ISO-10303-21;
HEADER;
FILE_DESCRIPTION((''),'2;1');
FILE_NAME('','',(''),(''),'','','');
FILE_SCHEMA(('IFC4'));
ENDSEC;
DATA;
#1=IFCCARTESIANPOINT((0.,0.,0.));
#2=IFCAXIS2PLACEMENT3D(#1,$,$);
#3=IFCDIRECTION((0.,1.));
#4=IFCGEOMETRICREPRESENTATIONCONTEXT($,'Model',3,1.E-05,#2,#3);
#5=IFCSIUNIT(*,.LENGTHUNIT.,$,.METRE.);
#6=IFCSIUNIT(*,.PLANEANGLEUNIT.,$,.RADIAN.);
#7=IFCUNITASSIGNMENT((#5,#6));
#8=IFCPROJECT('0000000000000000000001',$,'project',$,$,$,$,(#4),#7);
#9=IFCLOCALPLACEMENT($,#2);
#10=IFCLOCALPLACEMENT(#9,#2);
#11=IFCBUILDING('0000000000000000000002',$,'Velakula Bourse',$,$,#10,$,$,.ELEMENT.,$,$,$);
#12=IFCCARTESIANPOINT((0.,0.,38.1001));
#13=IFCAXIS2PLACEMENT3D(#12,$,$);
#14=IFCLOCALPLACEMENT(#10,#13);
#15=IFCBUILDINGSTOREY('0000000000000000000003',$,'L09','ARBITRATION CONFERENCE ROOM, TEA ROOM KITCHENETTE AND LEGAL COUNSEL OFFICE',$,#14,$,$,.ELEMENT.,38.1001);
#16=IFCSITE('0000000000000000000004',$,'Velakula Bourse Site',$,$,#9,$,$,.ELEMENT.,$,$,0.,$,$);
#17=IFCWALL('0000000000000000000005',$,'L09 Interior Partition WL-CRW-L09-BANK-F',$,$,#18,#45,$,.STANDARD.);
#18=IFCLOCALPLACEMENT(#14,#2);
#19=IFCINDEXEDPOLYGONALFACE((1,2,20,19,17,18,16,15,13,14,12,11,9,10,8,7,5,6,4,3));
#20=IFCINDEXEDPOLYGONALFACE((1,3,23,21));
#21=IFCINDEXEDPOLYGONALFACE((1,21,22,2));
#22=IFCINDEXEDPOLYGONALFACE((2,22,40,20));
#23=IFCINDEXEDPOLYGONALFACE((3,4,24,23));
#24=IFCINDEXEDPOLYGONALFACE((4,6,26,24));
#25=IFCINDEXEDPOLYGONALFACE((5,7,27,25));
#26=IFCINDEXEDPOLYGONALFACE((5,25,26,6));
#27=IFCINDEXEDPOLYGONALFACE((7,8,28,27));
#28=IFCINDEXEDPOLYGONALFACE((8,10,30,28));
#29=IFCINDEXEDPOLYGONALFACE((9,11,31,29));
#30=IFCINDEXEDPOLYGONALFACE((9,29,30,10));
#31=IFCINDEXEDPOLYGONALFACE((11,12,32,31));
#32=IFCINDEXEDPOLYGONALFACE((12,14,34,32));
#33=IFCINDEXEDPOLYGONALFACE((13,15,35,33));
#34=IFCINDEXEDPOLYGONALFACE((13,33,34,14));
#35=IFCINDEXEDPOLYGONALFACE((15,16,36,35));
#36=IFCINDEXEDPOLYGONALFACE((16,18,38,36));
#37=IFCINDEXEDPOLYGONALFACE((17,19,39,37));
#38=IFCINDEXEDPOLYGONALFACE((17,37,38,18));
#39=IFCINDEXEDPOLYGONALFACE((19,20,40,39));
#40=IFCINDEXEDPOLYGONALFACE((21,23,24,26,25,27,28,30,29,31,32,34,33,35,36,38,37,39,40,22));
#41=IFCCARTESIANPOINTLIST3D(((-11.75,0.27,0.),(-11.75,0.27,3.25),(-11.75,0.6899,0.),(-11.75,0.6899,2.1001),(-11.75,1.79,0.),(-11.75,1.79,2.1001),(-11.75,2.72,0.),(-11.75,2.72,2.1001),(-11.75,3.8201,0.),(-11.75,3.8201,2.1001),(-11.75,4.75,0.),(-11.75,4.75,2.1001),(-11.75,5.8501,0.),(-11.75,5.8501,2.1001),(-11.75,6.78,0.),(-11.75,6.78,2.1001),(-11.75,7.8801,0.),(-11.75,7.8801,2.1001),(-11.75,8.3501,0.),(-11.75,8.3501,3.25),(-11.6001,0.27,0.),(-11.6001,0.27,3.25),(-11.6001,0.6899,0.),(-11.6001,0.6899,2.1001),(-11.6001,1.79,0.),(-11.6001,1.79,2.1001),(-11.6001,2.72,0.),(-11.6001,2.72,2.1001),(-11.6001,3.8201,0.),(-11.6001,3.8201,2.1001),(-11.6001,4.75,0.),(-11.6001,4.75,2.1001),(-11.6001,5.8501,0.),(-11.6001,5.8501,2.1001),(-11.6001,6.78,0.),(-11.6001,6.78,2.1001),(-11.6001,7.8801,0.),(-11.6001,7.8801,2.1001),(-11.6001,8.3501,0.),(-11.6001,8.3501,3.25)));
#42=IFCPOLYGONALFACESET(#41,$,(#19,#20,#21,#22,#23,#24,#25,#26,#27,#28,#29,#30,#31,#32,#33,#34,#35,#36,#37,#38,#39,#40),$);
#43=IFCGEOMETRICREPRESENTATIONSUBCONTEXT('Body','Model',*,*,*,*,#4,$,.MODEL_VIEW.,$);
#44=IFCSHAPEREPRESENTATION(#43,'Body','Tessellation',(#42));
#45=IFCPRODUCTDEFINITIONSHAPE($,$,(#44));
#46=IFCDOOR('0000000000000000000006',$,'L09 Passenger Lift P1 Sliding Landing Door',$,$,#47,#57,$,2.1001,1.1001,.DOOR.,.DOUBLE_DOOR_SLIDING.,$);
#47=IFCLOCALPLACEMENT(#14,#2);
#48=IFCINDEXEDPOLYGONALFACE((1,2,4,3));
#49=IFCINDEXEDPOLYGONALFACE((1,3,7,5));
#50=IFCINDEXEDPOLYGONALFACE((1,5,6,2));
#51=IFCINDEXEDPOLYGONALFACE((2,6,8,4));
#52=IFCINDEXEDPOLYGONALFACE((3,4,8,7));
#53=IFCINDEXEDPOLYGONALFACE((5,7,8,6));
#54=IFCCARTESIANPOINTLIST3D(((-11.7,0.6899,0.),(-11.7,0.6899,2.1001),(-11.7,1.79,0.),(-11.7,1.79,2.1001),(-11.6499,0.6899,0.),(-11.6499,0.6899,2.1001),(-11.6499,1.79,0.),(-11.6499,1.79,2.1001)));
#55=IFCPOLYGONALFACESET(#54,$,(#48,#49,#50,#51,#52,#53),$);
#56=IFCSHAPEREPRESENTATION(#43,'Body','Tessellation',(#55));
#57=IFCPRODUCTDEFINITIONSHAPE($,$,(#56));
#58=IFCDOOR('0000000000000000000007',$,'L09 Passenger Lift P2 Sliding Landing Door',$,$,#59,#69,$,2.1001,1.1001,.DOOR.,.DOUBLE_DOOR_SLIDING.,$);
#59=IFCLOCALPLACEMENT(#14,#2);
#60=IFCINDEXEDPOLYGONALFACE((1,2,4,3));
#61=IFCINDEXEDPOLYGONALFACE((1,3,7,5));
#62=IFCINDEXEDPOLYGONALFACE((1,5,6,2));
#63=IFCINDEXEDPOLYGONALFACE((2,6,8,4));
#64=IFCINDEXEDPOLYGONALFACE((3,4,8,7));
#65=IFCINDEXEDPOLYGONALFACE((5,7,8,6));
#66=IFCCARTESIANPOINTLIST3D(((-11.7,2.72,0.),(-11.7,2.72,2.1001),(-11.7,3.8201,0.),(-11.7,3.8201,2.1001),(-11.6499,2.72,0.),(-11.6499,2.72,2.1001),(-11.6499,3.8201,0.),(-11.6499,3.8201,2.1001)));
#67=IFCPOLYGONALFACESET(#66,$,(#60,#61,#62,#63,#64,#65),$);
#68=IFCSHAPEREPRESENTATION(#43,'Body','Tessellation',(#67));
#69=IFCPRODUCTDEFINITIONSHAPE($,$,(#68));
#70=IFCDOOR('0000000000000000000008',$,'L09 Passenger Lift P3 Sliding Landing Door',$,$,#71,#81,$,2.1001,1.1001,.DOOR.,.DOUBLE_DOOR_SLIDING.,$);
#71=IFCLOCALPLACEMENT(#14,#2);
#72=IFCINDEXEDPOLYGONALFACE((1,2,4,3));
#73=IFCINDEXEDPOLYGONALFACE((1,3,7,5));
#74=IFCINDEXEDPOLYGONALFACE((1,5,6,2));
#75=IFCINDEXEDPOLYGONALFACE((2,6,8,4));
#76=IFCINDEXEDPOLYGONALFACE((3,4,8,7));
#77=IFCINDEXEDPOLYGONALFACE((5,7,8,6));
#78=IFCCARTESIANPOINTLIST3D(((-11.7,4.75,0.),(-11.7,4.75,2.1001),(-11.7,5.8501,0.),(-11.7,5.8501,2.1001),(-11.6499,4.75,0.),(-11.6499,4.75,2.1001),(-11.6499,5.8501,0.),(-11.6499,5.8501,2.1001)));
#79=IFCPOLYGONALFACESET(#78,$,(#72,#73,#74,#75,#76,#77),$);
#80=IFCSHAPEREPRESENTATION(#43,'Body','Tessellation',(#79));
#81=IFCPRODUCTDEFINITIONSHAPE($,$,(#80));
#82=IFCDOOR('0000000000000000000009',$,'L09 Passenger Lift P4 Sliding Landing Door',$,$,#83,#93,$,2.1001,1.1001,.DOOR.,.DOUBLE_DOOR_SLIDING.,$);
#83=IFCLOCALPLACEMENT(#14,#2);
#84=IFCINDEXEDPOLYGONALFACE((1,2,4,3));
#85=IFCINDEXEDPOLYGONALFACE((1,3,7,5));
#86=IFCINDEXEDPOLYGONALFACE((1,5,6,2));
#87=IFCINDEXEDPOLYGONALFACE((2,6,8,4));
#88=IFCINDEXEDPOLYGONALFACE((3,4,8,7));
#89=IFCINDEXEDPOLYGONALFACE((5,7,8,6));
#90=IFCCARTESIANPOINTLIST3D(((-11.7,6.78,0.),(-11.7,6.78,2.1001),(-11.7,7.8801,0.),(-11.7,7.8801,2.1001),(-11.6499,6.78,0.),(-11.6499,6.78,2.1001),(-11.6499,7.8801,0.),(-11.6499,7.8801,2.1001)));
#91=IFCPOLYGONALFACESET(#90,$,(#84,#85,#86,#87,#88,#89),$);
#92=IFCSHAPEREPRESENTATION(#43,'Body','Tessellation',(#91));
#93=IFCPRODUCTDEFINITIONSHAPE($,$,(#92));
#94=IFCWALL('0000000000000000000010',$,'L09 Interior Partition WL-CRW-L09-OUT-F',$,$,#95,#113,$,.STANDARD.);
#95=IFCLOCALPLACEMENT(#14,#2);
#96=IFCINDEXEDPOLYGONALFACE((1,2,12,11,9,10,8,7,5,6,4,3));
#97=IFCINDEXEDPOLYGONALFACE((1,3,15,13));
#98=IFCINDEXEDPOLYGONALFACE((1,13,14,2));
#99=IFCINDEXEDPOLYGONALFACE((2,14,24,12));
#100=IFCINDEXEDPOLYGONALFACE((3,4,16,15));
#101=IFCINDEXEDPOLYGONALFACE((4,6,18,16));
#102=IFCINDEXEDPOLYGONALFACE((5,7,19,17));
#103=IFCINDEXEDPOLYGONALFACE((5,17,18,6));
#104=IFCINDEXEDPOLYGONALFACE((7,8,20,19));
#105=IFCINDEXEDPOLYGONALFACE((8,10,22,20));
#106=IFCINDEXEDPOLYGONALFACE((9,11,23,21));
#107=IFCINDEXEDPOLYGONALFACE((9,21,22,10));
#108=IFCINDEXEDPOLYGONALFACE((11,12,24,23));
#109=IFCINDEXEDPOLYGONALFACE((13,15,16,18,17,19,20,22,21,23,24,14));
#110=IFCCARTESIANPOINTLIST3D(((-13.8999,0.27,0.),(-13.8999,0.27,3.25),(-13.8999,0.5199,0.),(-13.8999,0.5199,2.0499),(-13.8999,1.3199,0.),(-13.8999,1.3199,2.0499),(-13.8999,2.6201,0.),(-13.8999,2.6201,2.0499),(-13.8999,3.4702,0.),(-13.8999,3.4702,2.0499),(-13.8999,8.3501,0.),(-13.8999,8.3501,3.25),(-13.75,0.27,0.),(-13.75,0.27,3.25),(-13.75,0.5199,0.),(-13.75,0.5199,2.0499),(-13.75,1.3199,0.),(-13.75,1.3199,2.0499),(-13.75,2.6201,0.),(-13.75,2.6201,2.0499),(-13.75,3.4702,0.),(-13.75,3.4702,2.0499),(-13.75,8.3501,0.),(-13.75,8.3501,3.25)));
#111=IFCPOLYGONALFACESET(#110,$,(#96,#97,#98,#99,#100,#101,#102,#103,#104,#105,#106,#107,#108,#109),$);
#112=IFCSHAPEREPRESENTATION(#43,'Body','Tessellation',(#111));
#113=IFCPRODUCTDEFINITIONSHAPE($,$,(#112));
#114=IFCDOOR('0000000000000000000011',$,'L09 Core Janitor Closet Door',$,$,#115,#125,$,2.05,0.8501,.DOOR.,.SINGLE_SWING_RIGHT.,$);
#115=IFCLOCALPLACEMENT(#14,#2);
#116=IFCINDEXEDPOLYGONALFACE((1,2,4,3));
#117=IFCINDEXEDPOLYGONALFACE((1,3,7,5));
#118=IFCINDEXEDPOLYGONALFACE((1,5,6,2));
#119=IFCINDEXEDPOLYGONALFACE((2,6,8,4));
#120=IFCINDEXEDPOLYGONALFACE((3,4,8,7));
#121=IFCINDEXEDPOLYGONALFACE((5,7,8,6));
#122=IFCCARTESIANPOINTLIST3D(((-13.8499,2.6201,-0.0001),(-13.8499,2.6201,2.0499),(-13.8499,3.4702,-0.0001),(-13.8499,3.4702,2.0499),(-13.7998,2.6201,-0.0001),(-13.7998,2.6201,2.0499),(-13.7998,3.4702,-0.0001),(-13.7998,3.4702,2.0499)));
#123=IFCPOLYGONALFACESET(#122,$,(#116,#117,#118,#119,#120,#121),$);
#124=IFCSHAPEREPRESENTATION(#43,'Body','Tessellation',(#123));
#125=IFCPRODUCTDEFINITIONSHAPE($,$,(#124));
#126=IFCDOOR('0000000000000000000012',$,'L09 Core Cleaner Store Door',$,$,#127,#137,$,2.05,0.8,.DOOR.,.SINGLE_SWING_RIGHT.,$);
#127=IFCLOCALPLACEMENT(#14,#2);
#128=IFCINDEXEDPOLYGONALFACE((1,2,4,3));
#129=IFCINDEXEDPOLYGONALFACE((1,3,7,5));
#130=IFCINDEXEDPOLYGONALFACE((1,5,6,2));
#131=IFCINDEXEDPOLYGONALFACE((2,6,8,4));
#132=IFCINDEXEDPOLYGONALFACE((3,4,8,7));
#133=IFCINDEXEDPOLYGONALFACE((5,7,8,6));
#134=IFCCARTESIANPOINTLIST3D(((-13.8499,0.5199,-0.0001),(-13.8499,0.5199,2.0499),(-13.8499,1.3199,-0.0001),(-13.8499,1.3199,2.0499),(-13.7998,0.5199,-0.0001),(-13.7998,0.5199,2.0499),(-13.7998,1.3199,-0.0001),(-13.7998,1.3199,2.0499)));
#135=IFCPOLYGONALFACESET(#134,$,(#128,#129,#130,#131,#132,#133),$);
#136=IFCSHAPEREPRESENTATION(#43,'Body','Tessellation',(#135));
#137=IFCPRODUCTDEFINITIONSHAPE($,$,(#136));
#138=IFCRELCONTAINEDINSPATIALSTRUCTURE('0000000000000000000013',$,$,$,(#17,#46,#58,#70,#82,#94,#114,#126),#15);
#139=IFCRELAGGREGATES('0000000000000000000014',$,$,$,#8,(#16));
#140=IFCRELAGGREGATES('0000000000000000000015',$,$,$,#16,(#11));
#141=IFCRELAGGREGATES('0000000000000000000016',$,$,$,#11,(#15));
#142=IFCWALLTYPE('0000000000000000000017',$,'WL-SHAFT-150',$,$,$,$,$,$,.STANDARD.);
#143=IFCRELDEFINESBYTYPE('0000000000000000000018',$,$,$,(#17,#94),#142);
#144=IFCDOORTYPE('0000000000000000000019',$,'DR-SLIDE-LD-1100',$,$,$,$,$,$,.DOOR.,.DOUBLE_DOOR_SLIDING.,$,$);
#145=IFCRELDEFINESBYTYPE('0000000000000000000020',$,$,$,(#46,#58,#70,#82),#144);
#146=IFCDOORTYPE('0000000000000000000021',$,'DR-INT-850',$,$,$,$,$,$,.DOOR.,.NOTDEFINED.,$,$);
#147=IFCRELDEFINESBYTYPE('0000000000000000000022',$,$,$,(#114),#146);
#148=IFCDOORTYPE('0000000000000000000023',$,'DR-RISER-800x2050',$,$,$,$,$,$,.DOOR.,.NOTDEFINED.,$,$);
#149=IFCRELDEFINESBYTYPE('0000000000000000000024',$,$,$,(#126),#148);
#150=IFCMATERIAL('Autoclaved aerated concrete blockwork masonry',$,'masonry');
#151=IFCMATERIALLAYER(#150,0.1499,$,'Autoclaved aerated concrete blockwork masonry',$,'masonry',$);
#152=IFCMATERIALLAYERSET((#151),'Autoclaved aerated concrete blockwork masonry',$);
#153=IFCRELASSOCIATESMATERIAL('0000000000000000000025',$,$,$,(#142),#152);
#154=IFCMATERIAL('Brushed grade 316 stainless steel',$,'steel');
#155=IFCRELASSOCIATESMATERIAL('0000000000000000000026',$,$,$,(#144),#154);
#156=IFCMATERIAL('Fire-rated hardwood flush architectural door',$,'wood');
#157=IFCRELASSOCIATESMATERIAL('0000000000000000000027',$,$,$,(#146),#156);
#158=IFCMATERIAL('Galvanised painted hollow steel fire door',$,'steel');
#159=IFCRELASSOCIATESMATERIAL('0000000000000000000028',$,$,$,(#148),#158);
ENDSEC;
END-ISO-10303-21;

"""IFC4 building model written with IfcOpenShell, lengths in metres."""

from ifc_helpers import new_model, si_unit, direction, frame, frame_2d, origin, place, context, subcontext, project, spatial, rectangle, extrude, material, layer, layer_set, type_object, element, fill, save


model = new_model("IFC4")

# Units and contexts
model_context = context("Model", 3, precision=1e-05, world=origin(), true_north=direction((0.0, 1.0)))
body_context = subcontext(model_context, "Body", "Model", "MODEL_VIEW")
ifc_project = project(units=[si_unit("LENGTHUNIT", "METRE"), si_unit("PLANEANGLEUNIT", "RADIAN")], contexts=[model_context])

# Site, building, storey
site_placement = place(None, origin())
site = spatial("IfcSite", under=ifc_project, at=site_placement, Name="Velakula Bourse Site", CompositionType="ELEMENT", RefElevation=0.0)
building_placement = place(site_placement, origin())
building = spatial("IfcBuilding", under=site, at=building_placement, Name="Velakula Bourse", CompositionType="ELEMENT")
storey_placement = place(building_placement, frame((0.0, 0.0, 38.1001)))
storey = spatial("IfcBuildingStorey", under=building, at=storey_placement, Name="L09", Description="ARBITRATION CONFERENCE ROOM, TEA ROOM KITCHENETTE AND LEGAL COUNSEL OFFICE", CompositionType="ELEMENT", Elevation=38.1001)

# Shared definitions
ifc_material_1 = material(Name="Fire-rated hardwood flush architectural door", Category="wood")

# Shared definitions
ifc_material_2 = material(Name="Autoclaved aerated concrete blockwork masonry", Category="masonry")
ifc_layer_1 = layer(ifc_material_2, 0.1499, Name="Autoclaved aerated concrete blockwork masonry", Category="masonry")
ifc_layer_set_1 = layer_set([ifc_layer_1], Name="Autoclaved aerated concrete blockwork masonry")
wall_type_1 = type_object("IfcWallType", Name="WL-SHAFT-150", PredefinedType="STANDARD", material=ifc_layer_set_1)

# Walls, openings, doors
wall_1_placement = place(storey_placement, frame((-11.675, 0.27, 0.0), z_axis=(0.0, 0.0, 1.0), x_axis=(0.0, 1.0, 0.0)))
wall_1 = element("IfcWall", 1, at=wall_1_placement, inside=storey, type_object=wall_type_1, Name="L09 Interior Partition WL-CRW-L09-BANK-F", PredefinedType="STANDARD", context=body_context, shape_type="SweptSolid", body=[
    extrude(rectangle(XDim=8.0801, YDim=0.1499, at=frame_2d((4.04, 0.0))), origin(), (0.0, 0.0, 1.0), 3.25),
])
opening_1_placement = place(wall_1_placement, frame((0.4199, 0.0, 0.0)))
opening_1 = element("IfcOpeningElement", 2, at=opening_1_placement, cuts=wall_1, PredefinedType="OPENING", context=body_context, shape_type="SweptSolid", body=[
    extrude(rectangle(XDim=1.1001, YDim=2.1001, at=frame_2d((0.55, 1.05))), frame((0.0, 0.085, 0.0), z_axis=(0.0, -1.0, 0.0), x_axis=(1.0, 0.0, 0.0)), (0.0, 0.0, 1.0), 0.1699),
])
opening_2_placement = place(wall_1_placement, frame((2.45, 0.0, 0.0)))
opening_2 = element("IfcOpeningElement", 3, at=opening_2_placement, cuts=wall_1, PredefinedType="OPENING", context=body_context, shape_type="SweptSolid", body=[
    extrude(rectangle(XDim=1.1001, YDim=2.1001, at=frame_2d((0.55, 1.05))), frame((0.0, 0.085, 0.0), z_axis=(0.0, -1.0, 0.0), x_axis=(1.0, 0.0, 0.0)), (0.0, 0.0, 1.0), 0.1699),
])
opening_3_placement = place(wall_1_placement, frame((4.48, 0.0, 0.0)))
opening_3 = element("IfcOpeningElement", 4, at=opening_3_placement, cuts=wall_1, PredefinedType="OPENING", context=body_context, shape_type="SweptSolid", body=[
    extrude(rectangle(XDim=1.1001, YDim=2.1001, at=frame_2d((0.55, 1.05))), frame((0.0, 0.085, 0.0), z_axis=(0.0, -1.0, 0.0), x_axis=(1.0, 0.0, 0.0)), (0.0, 0.0, 1.0), 0.1699),
])
opening_4_placement = place(wall_1_placement, frame((6.51, 0.0, 0.0)))
opening_4 = element("IfcOpeningElement", 5, at=opening_4_placement, cuts=wall_1, PredefinedType="OPENING", context=body_context, shape_type="SweptSolid", body=[
    extrude(rectangle(XDim=1.1001, YDim=2.1001, at=frame_2d((0.55, 1.05))), frame((0.0, 0.085, 0.0), z_axis=(0.0, -1.0, 0.0), x_axis=(1.0, 0.0, 0.0)), (0.0, 0.0, 1.0), 0.1699),
])
ifc_material_3 = material(Name="Brushed grade 316 stainless steel", Category="steel")
door_type_1 = type_object("IfcDoorType", Name="DR-SLIDE-LD-1100", OperationType="DOUBLE_DOOR_SLIDING", PredefinedType="DOOR", material=ifc_material_3)
door_1_placement = place(opening_1_placement, origin())
door_1 = element("IfcDoor", 6, at=door_1_placement, inside=storey, type_object=door_type_1, Name="L09 Passenger Lift P1 Sliding Landing Door", OperationType="DOUBLE_DOOR_SLIDING", OverallHeight=2.1001, OverallWidth=1.1001, PredefinedType="DOOR", context=body_context, shape_type="SweptSolid", body=[
    extrude(rectangle(XDim=1.1001, YDim=2.1001, at=frame_2d((0.55, 1.05))), frame((0.0, 0.0249, 0.0), z_axis=(0.0, -1.0, 0.0), x_axis=(1.0, 0.0, 0.0)), (0.0, 0.0, 1.0), 0.05),
])
fill(opening_1, door_1)
door_2_placement = place(opening_2_placement, origin())
door_2 = element("IfcDoor", 7, at=door_2_placement, inside=storey, type_object=door_type_1, Name="L09 Passenger Lift P2 Sliding Landing Door", OperationType="DOUBLE_DOOR_SLIDING", OverallHeight=2.1001, OverallWidth=1.1001, PredefinedType="DOOR", context=body_context, shape_type="SweptSolid", body=[
    extrude(rectangle(XDim=1.1001, YDim=2.1001, at=frame_2d((0.55, 1.05))), frame((0.0, 0.0249, 0.0), z_axis=(0.0, -1.0, 0.0), x_axis=(1.0, 0.0, 0.0)), (0.0, 0.0, 1.0), 0.05),
])
fill(opening_2, door_2)
door_3_placement = place(opening_3_placement, origin())
door_3 = element("IfcDoor", 8, at=door_3_placement, inside=storey, type_object=door_type_1, Name="L09 Passenger Lift P3 Sliding Landing Door", OperationType="DOUBLE_DOOR_SLIDING", OverallHeight=2.1001, OverallWidth=1.1001, PredefinedType="DOOR", context=body_context, shape_type="SweptSolid", body=[
    extrude(rectangle(XDim=1.1001, YDim=2.1001, at=frame_2d((0.55, 1.05))), frame((0.0, 0.0249, 0.0), z_axis=(0.0, -1.0, 0.0), x_axis=(1.0, 0.0, 0.0)), (0.0, 0.0, 1.0), 0.05),
])
fill(opening_3, door_3)
door_4_placement = place(opening_4_placement, origin())
door_4 = element("IfcDoor", 9, at=door_4_placement, inside=storey, type_object=door_type_1, Name="L09 Passenger Lift P4 Sliding Landing Door", OperationType="DOUBLE_DOOR_SLIDING", OverallHeight=2.1001, OverallWidth=1.1001, PredefinedType="DOOR", context=body_context, shape_type="SweptSolid", body=[
    extrude(rectangle(XDim=1.1001, YDim=2.1001, at=frame_2d((0.55, 1.05))), frame((0.0, 0.0249, 0.0), z_axis=(0.0, -1.0, 0.0), x_axis=(1.0, 0.0, 0.0)), (0.0, 0.0, 1.0), 0.05),
])
fill(opening_4, door_4)
wall_2_placement = place(storey_placement, frame((-13.825, 0.27, 0.0), z_axis=(0.0, 0.0, 1.0), x_axis=(0.0, 1.0, 0.0)))
wall_2 = element("IfcWall", 10, at=wall_2_placement, inside=storey, type_object=wall_type_1, Name="L09 Interior Partition WL-CRW-L09-OUT-F", PredefinedType="STANDARD", context=body_context, shape_type="SweptSolid", body=[
    extrude(rectangle(XDim=8.0801, YDim=0.1499, at=frame_2d((4.04, 0.0))), origin(), (0.0, 0.0, 1.0), 3.25),
])
opening_5_placement = place(wall_2_placement, frame((0.25, 0.0, 0.0)))
opening_5 = element("IfcOpeningElement", 11, at=opening_5_placement, cuts=wall_2, PredefinedType="OPENING", context=body_context, shape_type="SweptSolid", body=[
    extrude(rectangle(XDim=0.8, YDim=2.05, at=frame_2d((0.3999, 1.0249))), frame((0.0, 0.085, 0.0), z_axis=(0.0, -1.0, 0.0), x_axis=(1.0, 0.0, 0.0)), (0.0, 0.0, 1.0), 0.1699),
])
opening_6_placement = place(wall_2_placement, frame((2.3501, 0.0, 0.0)))
opening_6 = element("IfcOpeningElement", 12, at=opening_6_placement, cuts=wall_2, PredefinedType="OPENING", context=body_context, shape_type="SweptSolid", body=[
    extrude(rectangle(XDim=0.8501, YDim=2.05, at=frame_2d((0.425, 1.0249))), frame((0.0, 0.085, 0.0), z_axis=(0.0, -1.0, 0.0), x_axis=(1.0, 0.0, 0.0)), (0.0, 0.0, 1.0), 0.1699),
])
door_type_2 = type_object("IfcDoorType", Name="DR-INT-850", OperationType="NOTDEFINED", PredefinedType="DOOR", material=ifc_material_1)
door_5_placement = place(opening_6_placement, origin())
door_5 = element("IfcDoor", 13, at=door_5_placement, inside=storey, type_object=door_type_2, Name="L09 Core Janitor Closet Door", OperationType="SINGLE_SWING_RIGHT", OverallHeight=2.05, OverallWidth=0.8501, PredefinedType="DOOR", context=body_context, shape_type="SweptSolid", body=[
    extrude(rectangle(XDim=0.8501, YDim=2.05, at=frame_2d((0.425, 1.0249))), frame((0.0, 0.0249, 0.0), z_axis=(0.0, -1.0, 0.0), x_axis=(1.0, 0.0, 0.0)), (0.0, 0.0, 1.0), 0.05),
])
fill(opening_6, door_5)
ifc_material_4 = material(Name="Galvanised painted hollow steel fire door", Category="steel")
door_type_3 = type_object("IfcDoorType", Name="DR-RISER-800x2050", OperationType="NOTDEFINED", PredefinedType="DOOR", material=ifc_material_4)
door_6_placement = place(opening_5_placement, origin())
door_6 = element("IfcDoor", 14, at=door_6_placement, inside=storey, type_object=door_type_3, Name="L09 Core Cleaner Store Door", OperationType="SINGLE_SWING_RIGHT", OverallHeight=2.05, OverallWidth=0.8, PredefinedType="DOOR", context=body_context, shape_type="SweptSolid", body=[
    extrude(rectangle(XDim=0.8, YDim=2.05, at=frame_2d((0.3999, 1.0249))), frame((0.0, 0.0249, 0.0), z_axis=(0.0, -1.0, 0.0), x_axis=(1.0, 0.0, 0.0)), (0.0, 0.0, 1.0), 0.05),
])
fill(opening_5, door_6)

save(model, "model.ifc")
